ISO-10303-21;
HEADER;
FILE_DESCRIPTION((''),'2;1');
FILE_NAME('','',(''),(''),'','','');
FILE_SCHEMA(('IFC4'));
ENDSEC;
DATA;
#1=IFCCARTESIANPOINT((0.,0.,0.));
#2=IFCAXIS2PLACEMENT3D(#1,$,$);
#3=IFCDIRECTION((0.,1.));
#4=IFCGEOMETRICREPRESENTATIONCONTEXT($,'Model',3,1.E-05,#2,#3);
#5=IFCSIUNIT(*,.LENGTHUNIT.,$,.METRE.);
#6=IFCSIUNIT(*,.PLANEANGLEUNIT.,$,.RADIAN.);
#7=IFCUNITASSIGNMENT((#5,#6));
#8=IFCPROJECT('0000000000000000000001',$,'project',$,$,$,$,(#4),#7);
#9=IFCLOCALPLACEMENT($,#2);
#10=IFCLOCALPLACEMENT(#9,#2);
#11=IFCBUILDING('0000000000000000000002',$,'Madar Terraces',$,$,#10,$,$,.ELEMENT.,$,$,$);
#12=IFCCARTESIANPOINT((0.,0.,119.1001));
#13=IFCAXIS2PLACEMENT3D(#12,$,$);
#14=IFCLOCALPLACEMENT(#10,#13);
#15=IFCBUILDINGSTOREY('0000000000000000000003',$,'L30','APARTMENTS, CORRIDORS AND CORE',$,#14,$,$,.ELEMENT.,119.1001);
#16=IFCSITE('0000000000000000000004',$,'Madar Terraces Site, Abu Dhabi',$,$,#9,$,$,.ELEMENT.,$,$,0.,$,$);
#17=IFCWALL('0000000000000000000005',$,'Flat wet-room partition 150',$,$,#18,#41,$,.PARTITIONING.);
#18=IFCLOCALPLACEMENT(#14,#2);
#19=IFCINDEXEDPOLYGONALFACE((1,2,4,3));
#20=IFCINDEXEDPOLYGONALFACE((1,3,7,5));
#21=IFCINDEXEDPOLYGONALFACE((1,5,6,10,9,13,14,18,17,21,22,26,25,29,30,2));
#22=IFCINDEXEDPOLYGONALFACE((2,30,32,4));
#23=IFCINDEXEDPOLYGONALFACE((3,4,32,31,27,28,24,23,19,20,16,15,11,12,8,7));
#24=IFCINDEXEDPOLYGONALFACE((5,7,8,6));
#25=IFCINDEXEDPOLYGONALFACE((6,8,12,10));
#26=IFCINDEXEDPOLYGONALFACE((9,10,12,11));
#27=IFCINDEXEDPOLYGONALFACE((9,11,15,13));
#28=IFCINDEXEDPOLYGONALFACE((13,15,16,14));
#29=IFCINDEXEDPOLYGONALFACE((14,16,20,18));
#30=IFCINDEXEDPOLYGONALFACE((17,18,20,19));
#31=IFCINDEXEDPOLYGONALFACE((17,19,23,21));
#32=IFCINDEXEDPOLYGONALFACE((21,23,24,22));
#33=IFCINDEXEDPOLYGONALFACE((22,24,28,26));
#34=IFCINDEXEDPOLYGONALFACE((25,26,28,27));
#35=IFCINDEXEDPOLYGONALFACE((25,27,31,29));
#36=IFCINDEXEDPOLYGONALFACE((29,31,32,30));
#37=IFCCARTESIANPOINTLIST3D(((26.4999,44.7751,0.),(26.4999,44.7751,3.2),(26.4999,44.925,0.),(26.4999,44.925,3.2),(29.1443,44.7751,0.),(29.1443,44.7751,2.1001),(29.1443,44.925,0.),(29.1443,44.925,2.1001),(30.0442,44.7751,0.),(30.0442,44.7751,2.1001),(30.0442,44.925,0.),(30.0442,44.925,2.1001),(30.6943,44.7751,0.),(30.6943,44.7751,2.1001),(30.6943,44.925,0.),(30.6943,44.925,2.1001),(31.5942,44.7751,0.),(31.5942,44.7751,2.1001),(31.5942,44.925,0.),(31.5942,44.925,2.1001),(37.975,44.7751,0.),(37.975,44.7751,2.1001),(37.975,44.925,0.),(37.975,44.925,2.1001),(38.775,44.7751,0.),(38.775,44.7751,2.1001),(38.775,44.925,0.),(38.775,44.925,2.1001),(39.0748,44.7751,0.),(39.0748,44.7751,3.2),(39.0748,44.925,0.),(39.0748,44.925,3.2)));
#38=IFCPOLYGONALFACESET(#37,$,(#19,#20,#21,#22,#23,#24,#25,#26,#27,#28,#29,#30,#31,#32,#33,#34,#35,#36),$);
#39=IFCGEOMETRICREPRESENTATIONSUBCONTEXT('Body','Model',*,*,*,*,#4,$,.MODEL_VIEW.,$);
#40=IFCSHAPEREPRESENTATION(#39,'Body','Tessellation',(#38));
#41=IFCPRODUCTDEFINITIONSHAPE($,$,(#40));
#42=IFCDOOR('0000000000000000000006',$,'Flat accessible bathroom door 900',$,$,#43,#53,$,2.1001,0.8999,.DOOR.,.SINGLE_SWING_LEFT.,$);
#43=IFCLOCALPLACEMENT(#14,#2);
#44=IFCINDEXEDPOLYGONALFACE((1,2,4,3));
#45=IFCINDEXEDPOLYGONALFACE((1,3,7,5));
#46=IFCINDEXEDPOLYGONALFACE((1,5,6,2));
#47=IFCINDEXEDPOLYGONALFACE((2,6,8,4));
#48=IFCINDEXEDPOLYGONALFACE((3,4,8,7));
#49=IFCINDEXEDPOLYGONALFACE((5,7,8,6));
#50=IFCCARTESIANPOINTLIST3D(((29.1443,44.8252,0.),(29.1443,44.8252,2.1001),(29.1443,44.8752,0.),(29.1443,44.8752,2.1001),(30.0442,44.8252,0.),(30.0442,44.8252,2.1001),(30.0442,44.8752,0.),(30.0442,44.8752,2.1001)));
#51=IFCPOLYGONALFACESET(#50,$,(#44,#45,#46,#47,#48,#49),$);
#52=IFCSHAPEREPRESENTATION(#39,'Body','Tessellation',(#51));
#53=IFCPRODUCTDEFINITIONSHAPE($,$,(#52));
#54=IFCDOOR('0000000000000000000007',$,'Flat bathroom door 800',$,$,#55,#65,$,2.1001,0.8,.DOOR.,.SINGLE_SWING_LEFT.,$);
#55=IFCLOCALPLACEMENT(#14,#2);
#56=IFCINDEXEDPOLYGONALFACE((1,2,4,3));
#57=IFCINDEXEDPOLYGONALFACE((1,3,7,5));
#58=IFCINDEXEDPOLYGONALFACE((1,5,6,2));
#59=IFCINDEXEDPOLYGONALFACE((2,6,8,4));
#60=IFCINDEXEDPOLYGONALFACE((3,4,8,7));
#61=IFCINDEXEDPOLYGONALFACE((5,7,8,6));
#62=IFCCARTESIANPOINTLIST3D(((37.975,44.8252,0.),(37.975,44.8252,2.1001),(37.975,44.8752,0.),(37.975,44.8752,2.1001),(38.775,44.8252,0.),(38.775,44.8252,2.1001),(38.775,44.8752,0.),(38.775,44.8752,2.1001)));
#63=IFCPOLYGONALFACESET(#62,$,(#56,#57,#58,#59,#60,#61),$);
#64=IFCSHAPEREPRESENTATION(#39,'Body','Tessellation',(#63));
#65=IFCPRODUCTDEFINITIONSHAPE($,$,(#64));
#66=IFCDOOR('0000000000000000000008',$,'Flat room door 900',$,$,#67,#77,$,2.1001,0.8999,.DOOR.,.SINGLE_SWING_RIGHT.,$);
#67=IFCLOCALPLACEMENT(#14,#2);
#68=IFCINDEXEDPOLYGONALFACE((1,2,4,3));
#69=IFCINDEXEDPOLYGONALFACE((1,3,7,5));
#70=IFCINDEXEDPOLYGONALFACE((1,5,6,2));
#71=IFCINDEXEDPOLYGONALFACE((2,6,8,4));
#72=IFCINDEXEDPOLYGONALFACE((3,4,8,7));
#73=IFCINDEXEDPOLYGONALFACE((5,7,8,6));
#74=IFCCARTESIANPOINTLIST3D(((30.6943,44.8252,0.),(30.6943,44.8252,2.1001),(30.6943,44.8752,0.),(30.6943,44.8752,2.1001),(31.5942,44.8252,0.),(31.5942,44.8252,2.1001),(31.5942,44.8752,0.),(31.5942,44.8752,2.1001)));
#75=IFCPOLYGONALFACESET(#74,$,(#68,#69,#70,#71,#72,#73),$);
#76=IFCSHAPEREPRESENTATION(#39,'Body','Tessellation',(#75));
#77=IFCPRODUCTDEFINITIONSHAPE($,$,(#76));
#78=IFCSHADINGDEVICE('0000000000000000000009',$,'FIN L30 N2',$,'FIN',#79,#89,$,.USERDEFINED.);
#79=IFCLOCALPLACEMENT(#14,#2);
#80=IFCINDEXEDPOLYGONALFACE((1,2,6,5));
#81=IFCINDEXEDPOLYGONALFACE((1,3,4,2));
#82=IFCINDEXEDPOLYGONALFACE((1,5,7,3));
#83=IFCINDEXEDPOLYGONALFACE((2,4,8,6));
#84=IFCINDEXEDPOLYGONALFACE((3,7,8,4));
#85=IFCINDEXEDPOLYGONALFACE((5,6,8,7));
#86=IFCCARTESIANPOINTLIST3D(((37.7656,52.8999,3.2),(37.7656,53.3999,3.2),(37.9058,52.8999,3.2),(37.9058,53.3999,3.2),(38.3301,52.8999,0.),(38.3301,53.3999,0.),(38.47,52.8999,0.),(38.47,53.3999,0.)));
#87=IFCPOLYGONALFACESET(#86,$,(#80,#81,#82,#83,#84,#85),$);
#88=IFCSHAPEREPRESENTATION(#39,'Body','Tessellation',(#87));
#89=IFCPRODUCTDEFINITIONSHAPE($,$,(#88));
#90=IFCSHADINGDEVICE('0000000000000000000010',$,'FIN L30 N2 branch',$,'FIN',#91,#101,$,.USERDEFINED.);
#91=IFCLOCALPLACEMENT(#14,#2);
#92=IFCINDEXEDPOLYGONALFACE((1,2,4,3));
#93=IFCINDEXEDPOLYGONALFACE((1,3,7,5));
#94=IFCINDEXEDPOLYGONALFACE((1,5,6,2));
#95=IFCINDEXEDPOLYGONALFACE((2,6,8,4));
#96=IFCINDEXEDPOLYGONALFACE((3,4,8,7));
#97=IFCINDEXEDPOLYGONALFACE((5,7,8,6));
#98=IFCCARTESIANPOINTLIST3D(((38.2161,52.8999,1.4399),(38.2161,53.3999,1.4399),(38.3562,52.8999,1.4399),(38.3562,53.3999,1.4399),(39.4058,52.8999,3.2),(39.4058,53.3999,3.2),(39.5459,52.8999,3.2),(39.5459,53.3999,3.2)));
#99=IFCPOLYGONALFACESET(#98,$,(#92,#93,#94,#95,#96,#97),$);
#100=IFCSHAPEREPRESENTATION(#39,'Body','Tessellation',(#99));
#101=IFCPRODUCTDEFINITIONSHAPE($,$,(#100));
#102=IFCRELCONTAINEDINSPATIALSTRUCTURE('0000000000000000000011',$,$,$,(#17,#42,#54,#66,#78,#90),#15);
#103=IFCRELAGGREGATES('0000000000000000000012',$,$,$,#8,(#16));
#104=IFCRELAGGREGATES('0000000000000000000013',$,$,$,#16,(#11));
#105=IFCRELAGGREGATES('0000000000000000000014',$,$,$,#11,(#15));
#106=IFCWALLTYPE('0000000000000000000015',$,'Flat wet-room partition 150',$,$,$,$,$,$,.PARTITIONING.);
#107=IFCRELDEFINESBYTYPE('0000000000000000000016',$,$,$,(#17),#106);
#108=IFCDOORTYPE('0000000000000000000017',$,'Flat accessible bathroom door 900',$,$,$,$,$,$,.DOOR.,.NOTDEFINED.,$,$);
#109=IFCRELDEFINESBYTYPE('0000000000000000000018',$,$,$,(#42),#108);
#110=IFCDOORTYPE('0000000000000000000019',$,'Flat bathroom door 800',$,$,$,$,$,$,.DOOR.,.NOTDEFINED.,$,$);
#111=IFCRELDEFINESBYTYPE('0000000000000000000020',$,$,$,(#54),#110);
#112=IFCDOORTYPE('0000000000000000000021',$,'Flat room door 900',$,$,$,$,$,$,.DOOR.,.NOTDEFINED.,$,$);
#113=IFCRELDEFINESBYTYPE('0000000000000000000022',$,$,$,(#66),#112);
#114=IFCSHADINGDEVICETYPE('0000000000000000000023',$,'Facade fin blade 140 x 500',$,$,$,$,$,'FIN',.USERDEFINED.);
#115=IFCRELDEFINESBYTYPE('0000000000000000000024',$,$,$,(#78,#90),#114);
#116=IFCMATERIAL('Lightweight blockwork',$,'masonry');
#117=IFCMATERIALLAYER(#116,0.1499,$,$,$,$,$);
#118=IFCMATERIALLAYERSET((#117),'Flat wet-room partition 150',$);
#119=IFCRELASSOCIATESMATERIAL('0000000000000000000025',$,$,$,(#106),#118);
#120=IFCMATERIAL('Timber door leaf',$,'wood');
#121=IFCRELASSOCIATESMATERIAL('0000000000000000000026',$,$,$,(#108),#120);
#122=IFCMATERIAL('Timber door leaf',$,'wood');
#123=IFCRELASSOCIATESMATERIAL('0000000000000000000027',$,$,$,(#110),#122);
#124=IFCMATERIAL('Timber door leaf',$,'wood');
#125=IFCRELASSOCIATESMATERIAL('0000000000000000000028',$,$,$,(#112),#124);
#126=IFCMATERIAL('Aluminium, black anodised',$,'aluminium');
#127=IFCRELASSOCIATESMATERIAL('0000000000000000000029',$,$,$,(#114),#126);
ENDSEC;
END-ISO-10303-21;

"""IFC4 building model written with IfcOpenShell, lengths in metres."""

from ifc_helpers import new_model, si_unit, direction, frame, frame_2d, origin, place, context, subcontext, project, spatial, polyline, rectangle, outline, extrude, material, layer, layer_set, type_object, element, fill, save


model = new_model("IFC4")

# Units and contexts
model_context = context("Model", 3, precision=1e-05, world=origin(), true_north=direction((0.0, 1.0)))
body_context = subcontext(model_context, "Body", "Model", "MODEL_VIEW")
ifc_project = project(units=[si_unit("LENGTHUNIT", "METRE"), si_unit("PLANEANGLEUNIT", "RADIAN")], contexts=[model_context])

# Site, building, storey
site_placement = place(None, origin())
site = spatial("IfcSite", under=ifc_project, at=site_placement, Name="Madar Terraces Site, Abu Dhabi", CompositionType="ELEMENT", RefElevation=0.0)
building_placement = place(site_placement, origin())
building = spatial("IfcBuilding", under=site, at=building_placement, Name="Madar Terraces", CompositionType="ELEMENT")
storey_placement = place(building_placement, frame((0.0, 0.0, 119.1001)))
storey = spatial("IfcBuildingStorey", under=building, at=storey_placement, Name="L30", Description="APARTMENTS, CORRIDORS AND CORE", CompositionType="ELEMENT", Elevation=119.1001)

# Wall, openings, doors
ifc_material_1 = material(Name="Lightweight blockwork", Category="masonry")
ifc_layer_1 = layer(ifc_material_1, 0.1499)
ifc_layer_set_1 = layer_set([ifc_layer_1], Name="Flat wet-room partition 150")
wall_type_1 = type_object("IfcWallType", Name="Flat wet-room partition 150", PredefinedType="PARTITIONING", material=ifc_layer_set_1)
wall_1_placement = place(storey_placement, frame((39.075, 44.8501, 0.0), z_axis=(0.0, 0.0, 1.0), x_axis=(-1.0, 0.0, 0.0)))
wall_1 = element("IfcWall", 1, at=wall_1_placement, inside=storey, type_object=wall_type_1, Name="Flat wet-room partition 150", PredefinedType="PARTITIONING", context=body_context, shape_type="SweptSolid", body=[
    extrude(rectangle(XDim=12.575, YDim=0.1499, at=frame_2d((6.2876, 0.0))), origin(), (0.0, 0.0, 1.0), 3.2),
])
opening_1_placement = place(wall_1_placement, frame((0.3, 0.0, 0.0)))
opening_1 = element("IfcOpeningElement", 2, at=opening_1_placement, cuts=wall_1, PredefinedType="OPENING", context=body_context, shape_type="SweptSolid", body=[
    extrude(rectangle(XDim=0.8, YDim=2.1001, at=frame_2d((0.3999, 1.05))), frame((0.0, 0.085, 0.0), z_axis=(0.0, -1.0, 0.0), x_axis=(1.0, 0.0, 0.0)), (0.0, 0.0, 1.0), 0.1699),
])
opening_2_placement = place(wall_1_placement, frame((7.4807, 0.0, 0.0)))
opening_2 = element("IfcOpeningElement", 3, at=opening_2_placement, cuts=wall_1, PredefinedType="OPENING", context=body_context, shape_type="SweptSolid", body=[
    extrude(rectangle(XDim=0.8999, YDim=2.1001, at=frame_2d((0.45, 1.05))), frame((0.0, 0.085, 0.0), z_axis=(0.0, -1.0, 0.0), x_axis=(1.0, 0.0, 0.0)), (0.0, 0.0, 1.0), 0.1699),
])
opening_3_placement = place(wall_1_placement, frame((9.0308, 0.0, 0.0)))
opening_3 = element("IfcOpeningElement", 4, at=opening_3_placement, cuts=wall_1, PredefinedType="OPENING", context=body_context, shape_type="SweptSolid", body=[
    extrude(rectangle(XDim=0.8999, YDim=2.1001, at=frame_2d((0.45, 1.05))), frame((0.0, 0.085, 0.0), z_axis=(0.0, -1.0, 0.0), x_axis=(1.0, 0.0, 0.0)), (0.0, 0.0, 1.0), 0.1699),
])
ifc_material_2 = material(Name="Timber door leaf", Category="wood")
door_type_1 = type_object("IfcDoorType", Name="Flat accessible bathroom door 900", OperationType="NOTDEFINED", PredefinedType="DOOR", material=ifc_material_2)
door_1_placement = place(opening_3_placement, origin())
door_1 = element("IfcDoor", 5, at=door_1_placement, inside=storey, type_object=door_type_1, Name="Flat accessible bathroom door 900", OperationType="SINGLE_SWING_LEFT", OverallHeight=2.1001, OverallWidth=0.8999, PredefinedType="DOOR", context=body_context, shape_type="SweptSolid", body=[
    extrude(rectangle(XDim=0.8999, YDim=2.1001, at=frame_2d((0.45, 1.05))), frame((0.0, 0.0249, 0.0), z_axis=(0.0, -1.0, 0.0), x_axis=(1.0, 0.0, 0.0)), (0.0, 0.0, 1.0), 0.05),
])
fill(opening_3, door_1)
ifc_material_3 = material(Name="Timber door leaf", Category="wood")
door_type_2 = type_object("IfcDoorType", Name="Flat bathroom door 800", OperationType="NOTDEFINED", PredefinedType="DOOR", material=ifc_material_3)
door_2_placement = place(opening_1_placement, origin())
door_2 = element("IfcDoor", 6, at=door_2_placement, inside=storey, type_object=door_type_2, Name="Flat bathroom door 800", OperationType="SINGLE_SWING_LEFT", OverallHeight=2.1001, OverallWidth=0.8, PredefinedType="DOOR", context=body_context, shape_type="SweptSolid", body=[
    extrude(rectangle(XDim=0.8, YDim=2.1001, at=frame_2d((0.3999, 1.05))), frame((0.0, 0.0249, 0.0), z_axis=(0.0, -1.0, 0.0), x_axis=(1.0, 0.0, 0.0)), (0.0, 0.0, 1.0), 0.05),
])
fill(opening_1, door_2)
ifc_material_4 = material(Name="Timber door leaf", Category="wood")
door_type_3 = type_object("IfcDoorType", Name="Flat room door 900", OperationType="NOTDEFINED", PredefinedType="DOOR", material=ifc_material_4)
door_3_placement = place(opening_2_placement, origin())
door_3 = element("IfcDoor", 7, at=door_3_placement, inside=storey, type_object=door_type_3, Name="Flat room door 900", OperationType="SINGLE_SWING_RIGHT", OverallHeight=2.1001, OverallWidth=0.8999, PredefinedType="DOOR", context=body_context, shape_type="SweptSolid", body=[
    extrude(rectangle(XDim=0.8999, YDim=2.1001, at=frame_2d((0.45, 1.05))), frame((0.0, 0.0249, 0.0), z_axis=(0.0, -1.0, 0.0), x_axis=(1.0, 0.0, 0.0)), (0.0, 0.0, 1.0), 0.05),
])
fill(opening_2, door_3)

# Shading devices
ifc_material_5 = material(Name="Aluminium, black anodised", Category="aluminium")
shading_device_type = type_object("IfcShadingDeviceType", Name="Facade fin blade 140 x 500", ElementType="FIN", PredefinedType="USERDEFINED", material=ifc_material_5)
shading_device_1_placement = place(storey_placement, frame((38.47, 53.1499, 0.0), z_axis=(0.0, 0.0, 1.0), x_axis=(-1.0, 0.0, 0.0)))
element("IfcShadingDevice", 8, at=shading_device_1_placement, inside=storey, type_object=shading_device_type, Name="FIN L30 N2", ObjectType="FIN", PredefinedType="USERDEFINED", context=body_context, shape_type="SweptSolid", body=[
    extrude(outline(polyline([(0.0, 0.0), (0.1399, 0.0), (0.7043, 3.2), (0.5642, 3.2), (0.0, 0.0)])), frame((0.0, 0.25, 0.0), z_axis=(0.0, -1.0, 0.0), x_axis=(1.0, 0.0, 0.0)), (0.0, 0.0, 1.0), 0.5),
])
shading_device_2_placement = place(storey_placement, frame((38.3562, 53.1499, 1.4399), z_axis=(0.0, 0.0, 1.0), x_axis=(-1.0, 0.0, 0.0)))
element("IfcShadingDevice", 9, at=shading_device_2_placement, inside=storey, type_object=shading_device_type, Name="FIN L30 N2 branch", ObjectType="FIN", PredefinedType="USERDEFINED", context=body_context, shape_type="SweptSolid", body=[
    extrude(outline(polyline([(0.0, 0.0), (0.1401, 0.0), (-1.0496, 1.76), (-1.1897, 1.76), (0.0, 0.0)])), frame((0.0, 0.25, 0.0), z_axis=(0.0, -1.0, 0.0), x_axis=(1.0, 0.0, 0.0)), (0.0, 0.0, 1.0), 0.5),
])

save(model, "model.ifc")
